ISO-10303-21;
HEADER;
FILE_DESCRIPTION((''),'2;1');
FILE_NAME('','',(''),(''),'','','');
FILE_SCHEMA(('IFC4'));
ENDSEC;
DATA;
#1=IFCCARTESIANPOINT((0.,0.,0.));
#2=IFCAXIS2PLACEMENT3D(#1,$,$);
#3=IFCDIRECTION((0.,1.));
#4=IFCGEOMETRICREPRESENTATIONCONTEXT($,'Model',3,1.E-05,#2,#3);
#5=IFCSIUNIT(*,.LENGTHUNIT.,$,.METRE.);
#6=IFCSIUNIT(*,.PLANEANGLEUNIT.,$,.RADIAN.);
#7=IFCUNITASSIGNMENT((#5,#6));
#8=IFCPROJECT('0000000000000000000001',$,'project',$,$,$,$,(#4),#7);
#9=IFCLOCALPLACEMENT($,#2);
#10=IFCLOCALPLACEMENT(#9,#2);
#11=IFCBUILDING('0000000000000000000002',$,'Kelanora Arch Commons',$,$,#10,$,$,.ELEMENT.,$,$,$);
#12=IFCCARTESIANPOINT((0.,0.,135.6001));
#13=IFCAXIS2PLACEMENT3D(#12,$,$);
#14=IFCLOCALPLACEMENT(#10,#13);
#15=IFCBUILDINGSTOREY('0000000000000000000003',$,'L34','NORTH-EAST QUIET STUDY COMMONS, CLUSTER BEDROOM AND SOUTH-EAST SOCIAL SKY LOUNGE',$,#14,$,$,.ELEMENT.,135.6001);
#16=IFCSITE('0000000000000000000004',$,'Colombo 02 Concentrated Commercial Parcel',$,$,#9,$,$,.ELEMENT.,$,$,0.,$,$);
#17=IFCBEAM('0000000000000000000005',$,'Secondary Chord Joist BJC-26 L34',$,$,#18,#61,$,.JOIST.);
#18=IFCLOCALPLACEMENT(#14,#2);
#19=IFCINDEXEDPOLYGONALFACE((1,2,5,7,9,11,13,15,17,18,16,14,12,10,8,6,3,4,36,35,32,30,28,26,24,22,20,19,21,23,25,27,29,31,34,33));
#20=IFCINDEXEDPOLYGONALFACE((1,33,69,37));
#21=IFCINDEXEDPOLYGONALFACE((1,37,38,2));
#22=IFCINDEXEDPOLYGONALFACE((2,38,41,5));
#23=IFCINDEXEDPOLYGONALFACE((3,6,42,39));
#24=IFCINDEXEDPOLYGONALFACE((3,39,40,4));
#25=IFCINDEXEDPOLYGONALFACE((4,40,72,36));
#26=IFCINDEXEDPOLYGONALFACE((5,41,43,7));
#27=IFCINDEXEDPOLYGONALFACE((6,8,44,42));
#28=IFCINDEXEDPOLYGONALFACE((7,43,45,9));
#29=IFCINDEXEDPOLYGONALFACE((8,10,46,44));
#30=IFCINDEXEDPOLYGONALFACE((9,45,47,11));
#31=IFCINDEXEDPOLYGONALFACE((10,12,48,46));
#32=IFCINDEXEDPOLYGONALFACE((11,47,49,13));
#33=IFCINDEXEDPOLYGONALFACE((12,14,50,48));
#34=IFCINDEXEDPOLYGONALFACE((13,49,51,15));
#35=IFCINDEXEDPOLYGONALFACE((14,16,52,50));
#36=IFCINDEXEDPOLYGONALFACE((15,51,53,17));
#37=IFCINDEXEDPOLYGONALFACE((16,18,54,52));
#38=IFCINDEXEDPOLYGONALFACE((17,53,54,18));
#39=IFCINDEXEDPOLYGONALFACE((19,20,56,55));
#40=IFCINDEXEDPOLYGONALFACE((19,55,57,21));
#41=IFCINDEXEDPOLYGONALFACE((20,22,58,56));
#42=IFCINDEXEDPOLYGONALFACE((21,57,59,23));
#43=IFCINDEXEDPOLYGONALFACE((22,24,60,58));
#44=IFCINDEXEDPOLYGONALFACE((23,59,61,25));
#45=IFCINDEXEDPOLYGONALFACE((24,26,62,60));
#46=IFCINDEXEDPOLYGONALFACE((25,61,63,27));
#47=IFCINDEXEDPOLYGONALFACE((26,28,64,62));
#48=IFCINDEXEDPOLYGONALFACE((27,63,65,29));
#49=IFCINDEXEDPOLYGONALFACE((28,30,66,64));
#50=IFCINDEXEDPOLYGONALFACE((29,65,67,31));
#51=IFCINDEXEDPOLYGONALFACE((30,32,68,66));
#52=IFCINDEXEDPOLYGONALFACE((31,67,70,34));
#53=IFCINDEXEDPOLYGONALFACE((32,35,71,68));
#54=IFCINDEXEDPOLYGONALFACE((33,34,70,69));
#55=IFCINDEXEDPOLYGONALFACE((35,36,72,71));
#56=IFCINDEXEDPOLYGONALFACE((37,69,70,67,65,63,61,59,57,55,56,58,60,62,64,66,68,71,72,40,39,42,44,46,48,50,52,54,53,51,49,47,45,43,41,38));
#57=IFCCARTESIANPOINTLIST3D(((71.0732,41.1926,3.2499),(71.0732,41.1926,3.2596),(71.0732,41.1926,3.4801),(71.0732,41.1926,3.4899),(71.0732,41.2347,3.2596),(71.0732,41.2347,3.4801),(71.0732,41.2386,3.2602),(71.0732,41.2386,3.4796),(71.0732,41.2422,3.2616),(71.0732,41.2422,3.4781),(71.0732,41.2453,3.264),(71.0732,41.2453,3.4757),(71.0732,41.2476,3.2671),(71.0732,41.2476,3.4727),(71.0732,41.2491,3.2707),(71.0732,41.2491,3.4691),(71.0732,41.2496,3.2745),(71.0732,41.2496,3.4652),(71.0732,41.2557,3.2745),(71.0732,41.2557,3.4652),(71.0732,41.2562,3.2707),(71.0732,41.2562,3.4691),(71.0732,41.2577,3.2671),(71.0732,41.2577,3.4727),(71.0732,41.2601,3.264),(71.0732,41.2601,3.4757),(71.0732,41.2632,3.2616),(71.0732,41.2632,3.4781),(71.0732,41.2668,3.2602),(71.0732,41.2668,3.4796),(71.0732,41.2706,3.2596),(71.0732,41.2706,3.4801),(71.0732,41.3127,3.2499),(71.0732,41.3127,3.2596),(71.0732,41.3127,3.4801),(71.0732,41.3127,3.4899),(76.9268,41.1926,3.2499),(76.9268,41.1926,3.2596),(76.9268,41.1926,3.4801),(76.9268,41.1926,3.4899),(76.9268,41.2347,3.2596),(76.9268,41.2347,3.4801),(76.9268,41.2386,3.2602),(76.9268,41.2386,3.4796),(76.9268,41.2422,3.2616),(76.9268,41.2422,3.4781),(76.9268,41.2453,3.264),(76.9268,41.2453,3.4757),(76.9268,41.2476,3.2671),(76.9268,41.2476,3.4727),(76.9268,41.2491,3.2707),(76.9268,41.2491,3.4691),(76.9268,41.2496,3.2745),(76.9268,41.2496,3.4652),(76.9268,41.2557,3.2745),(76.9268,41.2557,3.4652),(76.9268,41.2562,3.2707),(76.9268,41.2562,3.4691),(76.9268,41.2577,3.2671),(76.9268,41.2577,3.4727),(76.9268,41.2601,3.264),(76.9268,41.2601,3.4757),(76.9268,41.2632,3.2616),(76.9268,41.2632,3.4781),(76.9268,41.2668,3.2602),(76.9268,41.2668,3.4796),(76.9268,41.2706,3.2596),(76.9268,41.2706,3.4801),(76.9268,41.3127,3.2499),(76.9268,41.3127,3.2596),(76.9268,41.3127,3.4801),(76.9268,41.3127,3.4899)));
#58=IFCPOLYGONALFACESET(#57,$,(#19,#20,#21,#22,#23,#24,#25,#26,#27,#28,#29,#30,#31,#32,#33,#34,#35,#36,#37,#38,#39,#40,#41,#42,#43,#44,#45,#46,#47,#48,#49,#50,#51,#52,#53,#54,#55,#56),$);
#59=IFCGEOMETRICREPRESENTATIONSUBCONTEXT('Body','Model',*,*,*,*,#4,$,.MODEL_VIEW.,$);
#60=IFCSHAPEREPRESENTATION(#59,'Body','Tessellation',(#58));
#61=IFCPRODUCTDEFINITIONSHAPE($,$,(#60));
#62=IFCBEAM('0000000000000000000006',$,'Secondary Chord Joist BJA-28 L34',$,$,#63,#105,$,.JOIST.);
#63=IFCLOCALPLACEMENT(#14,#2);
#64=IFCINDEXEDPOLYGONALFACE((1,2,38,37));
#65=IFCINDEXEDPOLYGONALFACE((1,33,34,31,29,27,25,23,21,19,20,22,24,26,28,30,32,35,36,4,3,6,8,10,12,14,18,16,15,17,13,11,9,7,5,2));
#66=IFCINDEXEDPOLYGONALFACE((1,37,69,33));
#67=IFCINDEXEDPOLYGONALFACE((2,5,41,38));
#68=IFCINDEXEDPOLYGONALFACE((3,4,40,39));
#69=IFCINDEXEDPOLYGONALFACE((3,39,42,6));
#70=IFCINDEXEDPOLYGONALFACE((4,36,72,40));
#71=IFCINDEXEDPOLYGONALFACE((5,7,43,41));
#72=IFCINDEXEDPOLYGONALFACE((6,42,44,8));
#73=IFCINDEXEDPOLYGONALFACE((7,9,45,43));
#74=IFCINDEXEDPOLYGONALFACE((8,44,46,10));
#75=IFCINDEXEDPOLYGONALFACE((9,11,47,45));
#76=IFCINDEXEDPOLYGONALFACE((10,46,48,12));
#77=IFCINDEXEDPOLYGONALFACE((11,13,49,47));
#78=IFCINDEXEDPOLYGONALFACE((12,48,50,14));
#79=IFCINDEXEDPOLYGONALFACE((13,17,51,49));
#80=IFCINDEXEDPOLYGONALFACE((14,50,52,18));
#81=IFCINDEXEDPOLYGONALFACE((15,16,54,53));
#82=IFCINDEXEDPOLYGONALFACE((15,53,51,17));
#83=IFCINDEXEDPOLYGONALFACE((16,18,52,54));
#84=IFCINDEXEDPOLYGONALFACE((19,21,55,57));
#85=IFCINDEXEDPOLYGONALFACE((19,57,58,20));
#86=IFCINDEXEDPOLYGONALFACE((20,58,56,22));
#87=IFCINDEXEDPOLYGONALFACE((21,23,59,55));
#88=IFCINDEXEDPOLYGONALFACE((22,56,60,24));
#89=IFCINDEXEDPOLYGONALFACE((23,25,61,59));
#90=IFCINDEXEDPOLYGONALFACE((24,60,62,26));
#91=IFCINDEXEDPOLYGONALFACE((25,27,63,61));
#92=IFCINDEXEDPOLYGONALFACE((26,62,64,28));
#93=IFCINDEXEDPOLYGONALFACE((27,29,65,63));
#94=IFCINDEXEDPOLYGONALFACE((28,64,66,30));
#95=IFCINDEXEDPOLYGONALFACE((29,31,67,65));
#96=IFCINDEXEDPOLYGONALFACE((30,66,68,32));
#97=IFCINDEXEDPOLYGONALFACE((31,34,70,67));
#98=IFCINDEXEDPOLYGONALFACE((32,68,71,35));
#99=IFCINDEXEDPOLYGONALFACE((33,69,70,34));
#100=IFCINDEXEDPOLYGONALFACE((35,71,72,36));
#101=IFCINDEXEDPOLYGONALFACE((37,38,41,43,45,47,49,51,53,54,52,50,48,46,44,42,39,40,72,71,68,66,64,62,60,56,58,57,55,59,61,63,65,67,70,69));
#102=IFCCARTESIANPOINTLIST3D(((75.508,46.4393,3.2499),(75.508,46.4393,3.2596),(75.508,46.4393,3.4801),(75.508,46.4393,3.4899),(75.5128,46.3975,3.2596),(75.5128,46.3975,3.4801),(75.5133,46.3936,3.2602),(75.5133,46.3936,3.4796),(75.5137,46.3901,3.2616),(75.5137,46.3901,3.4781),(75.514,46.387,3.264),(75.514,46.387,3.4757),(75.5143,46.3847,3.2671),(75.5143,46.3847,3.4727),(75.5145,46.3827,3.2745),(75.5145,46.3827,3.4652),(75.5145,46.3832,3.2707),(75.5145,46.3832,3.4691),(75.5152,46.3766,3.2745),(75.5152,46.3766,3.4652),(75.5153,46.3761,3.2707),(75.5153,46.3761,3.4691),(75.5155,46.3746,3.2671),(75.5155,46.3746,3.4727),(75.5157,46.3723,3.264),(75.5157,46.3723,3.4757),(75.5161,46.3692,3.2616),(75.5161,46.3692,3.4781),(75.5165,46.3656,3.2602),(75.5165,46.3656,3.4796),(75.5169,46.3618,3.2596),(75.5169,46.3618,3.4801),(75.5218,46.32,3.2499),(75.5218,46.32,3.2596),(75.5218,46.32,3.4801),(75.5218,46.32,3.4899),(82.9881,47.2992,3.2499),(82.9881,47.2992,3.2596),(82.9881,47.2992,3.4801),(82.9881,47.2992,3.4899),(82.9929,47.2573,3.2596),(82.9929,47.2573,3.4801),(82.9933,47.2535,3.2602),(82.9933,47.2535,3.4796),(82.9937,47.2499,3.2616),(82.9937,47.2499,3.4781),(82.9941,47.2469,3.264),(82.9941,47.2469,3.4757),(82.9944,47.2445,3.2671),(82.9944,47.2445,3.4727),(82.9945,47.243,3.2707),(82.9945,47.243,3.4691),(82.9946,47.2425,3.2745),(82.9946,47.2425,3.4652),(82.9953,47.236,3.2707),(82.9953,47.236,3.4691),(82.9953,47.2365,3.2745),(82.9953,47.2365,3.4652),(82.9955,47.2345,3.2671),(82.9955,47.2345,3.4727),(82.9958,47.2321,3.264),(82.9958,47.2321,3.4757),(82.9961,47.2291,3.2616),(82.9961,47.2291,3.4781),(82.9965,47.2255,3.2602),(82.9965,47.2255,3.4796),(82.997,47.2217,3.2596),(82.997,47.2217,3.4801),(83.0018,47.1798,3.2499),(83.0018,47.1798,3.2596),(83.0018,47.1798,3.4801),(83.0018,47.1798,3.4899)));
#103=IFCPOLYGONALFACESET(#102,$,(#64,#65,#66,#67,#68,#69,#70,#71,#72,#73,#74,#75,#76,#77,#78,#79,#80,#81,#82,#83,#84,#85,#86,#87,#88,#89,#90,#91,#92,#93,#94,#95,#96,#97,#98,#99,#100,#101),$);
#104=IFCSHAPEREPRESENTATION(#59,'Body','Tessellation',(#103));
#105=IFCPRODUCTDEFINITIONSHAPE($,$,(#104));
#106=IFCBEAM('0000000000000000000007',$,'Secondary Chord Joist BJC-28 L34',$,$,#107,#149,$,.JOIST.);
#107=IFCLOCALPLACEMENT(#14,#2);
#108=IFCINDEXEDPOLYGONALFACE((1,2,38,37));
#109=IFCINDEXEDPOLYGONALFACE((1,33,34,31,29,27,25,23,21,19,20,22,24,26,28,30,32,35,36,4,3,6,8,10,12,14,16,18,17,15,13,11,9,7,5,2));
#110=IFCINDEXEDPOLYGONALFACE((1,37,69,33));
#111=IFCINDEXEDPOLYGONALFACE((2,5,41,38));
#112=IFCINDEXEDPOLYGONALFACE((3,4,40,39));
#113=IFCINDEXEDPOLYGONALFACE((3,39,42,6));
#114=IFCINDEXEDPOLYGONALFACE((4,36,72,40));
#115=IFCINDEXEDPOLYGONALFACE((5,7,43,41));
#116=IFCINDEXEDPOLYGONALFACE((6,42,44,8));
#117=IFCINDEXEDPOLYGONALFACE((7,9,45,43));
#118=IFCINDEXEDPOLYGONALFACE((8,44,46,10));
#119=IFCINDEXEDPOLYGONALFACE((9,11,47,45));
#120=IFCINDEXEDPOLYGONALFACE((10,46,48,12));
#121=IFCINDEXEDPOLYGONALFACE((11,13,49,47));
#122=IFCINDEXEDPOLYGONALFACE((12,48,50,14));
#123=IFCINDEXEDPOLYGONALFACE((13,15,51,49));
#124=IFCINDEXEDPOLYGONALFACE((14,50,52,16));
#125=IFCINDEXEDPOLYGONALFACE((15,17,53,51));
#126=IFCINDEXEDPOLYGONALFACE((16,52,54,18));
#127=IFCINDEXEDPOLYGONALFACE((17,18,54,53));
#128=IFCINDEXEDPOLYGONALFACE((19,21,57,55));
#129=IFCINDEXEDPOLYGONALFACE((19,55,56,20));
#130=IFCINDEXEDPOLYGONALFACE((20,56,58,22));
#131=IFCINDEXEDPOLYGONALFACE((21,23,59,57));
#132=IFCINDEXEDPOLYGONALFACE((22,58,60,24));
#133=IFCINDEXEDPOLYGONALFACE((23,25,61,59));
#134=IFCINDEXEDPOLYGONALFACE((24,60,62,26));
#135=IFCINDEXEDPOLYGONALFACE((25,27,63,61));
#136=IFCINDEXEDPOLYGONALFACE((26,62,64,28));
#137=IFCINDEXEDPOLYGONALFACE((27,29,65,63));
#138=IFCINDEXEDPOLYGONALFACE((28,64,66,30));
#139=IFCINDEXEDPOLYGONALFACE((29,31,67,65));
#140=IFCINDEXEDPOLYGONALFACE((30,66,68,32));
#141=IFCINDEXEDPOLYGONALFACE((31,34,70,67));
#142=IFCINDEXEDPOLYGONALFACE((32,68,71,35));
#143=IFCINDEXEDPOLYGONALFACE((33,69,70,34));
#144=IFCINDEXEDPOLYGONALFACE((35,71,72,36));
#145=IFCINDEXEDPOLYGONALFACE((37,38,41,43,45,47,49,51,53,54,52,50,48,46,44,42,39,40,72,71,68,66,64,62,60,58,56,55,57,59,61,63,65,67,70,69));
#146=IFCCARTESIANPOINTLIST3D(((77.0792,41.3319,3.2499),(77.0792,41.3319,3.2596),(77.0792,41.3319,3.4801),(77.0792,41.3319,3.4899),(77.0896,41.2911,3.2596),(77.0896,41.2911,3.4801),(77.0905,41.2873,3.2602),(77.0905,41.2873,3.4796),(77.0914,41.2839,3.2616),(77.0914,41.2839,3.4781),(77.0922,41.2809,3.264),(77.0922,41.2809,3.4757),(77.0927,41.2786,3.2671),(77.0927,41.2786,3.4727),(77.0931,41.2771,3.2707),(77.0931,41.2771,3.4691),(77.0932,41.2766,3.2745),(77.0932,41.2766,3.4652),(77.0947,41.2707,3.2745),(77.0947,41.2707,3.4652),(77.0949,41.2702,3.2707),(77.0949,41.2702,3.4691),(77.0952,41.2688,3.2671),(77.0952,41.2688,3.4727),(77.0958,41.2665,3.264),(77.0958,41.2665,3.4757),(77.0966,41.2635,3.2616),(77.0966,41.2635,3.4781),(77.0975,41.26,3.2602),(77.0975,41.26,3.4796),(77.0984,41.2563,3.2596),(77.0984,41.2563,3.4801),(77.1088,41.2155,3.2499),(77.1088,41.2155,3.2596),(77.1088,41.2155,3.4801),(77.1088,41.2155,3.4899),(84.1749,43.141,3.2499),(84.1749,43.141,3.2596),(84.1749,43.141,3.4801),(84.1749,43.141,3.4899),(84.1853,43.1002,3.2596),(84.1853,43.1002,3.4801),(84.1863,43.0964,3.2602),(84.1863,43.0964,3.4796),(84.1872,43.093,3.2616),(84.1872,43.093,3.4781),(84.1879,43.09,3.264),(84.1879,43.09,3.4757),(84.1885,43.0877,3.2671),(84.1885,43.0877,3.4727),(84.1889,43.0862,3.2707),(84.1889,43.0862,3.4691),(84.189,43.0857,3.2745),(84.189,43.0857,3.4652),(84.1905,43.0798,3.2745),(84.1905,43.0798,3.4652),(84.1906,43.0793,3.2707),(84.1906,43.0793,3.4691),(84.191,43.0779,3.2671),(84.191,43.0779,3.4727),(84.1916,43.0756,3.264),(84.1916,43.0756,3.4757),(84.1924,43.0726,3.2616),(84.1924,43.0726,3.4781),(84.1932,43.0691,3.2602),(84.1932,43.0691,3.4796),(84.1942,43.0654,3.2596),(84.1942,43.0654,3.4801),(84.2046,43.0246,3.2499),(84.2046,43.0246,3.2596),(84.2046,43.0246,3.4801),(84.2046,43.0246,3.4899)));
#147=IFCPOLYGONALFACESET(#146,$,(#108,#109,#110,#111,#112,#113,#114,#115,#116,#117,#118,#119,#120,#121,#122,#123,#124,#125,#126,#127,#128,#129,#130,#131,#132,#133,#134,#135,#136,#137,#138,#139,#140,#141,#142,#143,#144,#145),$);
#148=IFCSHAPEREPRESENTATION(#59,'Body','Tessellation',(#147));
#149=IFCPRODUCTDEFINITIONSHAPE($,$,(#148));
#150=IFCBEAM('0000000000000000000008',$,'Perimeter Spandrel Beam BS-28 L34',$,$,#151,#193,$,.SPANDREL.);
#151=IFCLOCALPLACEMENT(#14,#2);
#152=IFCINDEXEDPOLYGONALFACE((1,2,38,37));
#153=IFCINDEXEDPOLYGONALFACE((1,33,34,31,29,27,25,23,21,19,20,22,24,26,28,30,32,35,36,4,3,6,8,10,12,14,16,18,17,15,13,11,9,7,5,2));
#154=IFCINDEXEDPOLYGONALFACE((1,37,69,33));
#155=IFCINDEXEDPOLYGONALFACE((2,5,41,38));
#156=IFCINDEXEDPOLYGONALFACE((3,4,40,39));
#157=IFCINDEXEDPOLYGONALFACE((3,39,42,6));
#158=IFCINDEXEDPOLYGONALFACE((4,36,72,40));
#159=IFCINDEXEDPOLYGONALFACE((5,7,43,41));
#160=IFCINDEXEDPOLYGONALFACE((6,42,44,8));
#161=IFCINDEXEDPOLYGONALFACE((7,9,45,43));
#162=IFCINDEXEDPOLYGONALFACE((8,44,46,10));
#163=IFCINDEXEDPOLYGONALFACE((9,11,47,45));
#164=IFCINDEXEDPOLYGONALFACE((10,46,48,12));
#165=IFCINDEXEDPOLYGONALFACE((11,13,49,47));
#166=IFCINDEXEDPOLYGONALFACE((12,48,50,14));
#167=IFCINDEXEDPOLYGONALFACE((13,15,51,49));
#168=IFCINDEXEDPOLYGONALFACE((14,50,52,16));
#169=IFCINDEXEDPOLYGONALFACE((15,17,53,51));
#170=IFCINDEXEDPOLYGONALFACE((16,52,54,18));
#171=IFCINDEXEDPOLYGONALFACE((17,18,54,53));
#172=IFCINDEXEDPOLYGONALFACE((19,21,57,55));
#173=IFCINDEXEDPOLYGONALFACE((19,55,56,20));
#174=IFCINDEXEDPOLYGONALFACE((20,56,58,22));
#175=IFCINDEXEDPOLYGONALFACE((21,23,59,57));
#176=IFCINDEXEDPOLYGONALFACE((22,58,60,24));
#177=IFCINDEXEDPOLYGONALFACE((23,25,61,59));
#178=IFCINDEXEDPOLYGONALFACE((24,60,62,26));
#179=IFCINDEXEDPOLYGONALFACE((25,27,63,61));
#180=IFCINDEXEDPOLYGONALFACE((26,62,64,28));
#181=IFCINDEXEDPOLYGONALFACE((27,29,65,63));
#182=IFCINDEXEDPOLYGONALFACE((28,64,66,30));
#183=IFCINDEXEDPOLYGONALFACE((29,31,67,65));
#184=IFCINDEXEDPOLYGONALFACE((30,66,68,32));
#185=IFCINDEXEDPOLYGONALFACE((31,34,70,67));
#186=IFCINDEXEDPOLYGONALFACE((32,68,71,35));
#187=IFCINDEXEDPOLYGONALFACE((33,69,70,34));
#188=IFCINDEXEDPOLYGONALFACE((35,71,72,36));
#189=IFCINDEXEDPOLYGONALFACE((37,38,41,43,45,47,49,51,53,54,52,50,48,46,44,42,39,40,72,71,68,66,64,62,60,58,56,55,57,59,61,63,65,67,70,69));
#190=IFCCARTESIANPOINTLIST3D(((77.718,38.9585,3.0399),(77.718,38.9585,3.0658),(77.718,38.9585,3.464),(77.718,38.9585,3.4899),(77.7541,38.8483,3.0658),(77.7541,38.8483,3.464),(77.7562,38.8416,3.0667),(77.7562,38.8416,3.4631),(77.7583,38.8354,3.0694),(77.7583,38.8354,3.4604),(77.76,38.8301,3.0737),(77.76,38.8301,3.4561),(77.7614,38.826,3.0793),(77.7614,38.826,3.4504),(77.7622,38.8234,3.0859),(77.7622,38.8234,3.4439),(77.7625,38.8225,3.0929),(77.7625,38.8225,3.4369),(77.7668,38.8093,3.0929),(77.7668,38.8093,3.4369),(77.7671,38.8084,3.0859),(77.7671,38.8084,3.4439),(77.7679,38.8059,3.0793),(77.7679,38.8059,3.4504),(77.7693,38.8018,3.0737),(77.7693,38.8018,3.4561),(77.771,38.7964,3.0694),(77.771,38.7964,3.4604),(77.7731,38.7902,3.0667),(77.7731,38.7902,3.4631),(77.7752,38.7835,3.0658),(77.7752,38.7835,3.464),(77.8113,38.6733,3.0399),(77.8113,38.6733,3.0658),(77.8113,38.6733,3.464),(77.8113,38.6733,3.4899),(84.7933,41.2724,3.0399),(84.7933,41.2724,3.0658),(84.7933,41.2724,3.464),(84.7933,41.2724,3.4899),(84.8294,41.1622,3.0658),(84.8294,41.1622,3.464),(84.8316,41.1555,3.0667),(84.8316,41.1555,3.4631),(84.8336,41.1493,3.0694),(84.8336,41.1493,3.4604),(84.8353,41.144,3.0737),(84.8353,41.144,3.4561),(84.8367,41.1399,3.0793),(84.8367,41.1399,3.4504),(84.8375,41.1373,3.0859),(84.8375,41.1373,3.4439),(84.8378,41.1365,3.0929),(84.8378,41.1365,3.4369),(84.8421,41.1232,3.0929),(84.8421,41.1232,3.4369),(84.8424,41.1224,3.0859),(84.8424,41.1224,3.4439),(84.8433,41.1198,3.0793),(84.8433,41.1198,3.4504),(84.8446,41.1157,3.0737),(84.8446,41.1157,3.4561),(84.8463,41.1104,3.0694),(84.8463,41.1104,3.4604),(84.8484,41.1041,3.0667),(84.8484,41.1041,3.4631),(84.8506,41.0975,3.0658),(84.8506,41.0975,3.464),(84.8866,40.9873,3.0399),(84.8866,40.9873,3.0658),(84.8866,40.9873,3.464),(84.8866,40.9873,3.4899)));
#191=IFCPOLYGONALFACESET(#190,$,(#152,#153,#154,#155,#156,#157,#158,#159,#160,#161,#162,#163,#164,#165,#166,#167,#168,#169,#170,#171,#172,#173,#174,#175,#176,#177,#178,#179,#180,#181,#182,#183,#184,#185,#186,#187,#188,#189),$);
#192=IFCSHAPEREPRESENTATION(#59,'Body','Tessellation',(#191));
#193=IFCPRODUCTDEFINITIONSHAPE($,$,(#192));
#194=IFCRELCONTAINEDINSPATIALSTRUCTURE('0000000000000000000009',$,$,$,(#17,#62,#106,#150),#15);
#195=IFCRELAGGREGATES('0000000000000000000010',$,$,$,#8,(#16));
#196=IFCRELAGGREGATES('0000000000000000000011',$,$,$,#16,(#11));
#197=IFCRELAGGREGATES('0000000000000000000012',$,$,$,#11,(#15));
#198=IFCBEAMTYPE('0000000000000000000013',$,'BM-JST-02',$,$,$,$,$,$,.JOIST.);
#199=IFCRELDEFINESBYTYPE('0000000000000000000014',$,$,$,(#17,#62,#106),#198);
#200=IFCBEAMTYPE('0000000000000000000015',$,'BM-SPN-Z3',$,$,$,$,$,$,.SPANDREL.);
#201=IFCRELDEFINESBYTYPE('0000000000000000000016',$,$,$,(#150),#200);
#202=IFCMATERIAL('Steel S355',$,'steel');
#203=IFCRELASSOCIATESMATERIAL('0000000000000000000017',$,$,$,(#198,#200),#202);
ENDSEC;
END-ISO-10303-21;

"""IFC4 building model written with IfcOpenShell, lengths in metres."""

from ifc_helpers import new_model, si_unit, direction, frame, origin, origin_2d, place, context, subcontext, project, spatial, i_section, extrude, material, material_profile, profile_set, type_object, element, save


model = new_model("IFC4")

# Units and contexts
model_context = context("Model", 3, precision=1e-05, world=origin(), true_north=direction((0.0, 1.0)))
body_context = subcontext(model_context, "Body", "Model", "MODEL_VIEW")
ifc_project = project(units=[si_unit("LENGTHUNIT", "METRE"), si_unit("PLANEANGLEUNIT", "RADIAN")], contexts=[model_context])

# Site, building, storey
site_placement = place(None, origin())
site = spatial("IfcSite", under=ifc_project, at=site_placement, Name="Colombo 02 Concentrated Commercial Parcel", CompositionType="ELEMENT", RefElevation=0.0)
building_placement = place(site_placement, origin())
building = spatial("IfcBuilding", under=site, at=building_placement, Name="Kelanora Arch Commons", CompositionType="ELEMENT")
storey_placement = place(building_placement, frame((0.0, 0.0, 135.6001)))
storey = spatial("IfcBuildingStorey", under=building, at=storey_placement, Name="L34", Description="NORTH-EAST QUIET STUDY COMMONS, CLUSTER BEDROOM AND SOUTH-EAST SOCIAL SKY LOUNGE", CompositionType="ELEMENT", Elevation=135.6001)

# Beams
ifc_material_1 = material(Name="Steel S355", Category="steel")
ifc_material_profile_1 = material_profile(ifc_material_1, i_section(OverallWidth=0.1201, OverallDepth=0.24, WebThickness=0.0061, FlangeThickness=0.0098, FilletRadius=0.0149, at=origin_2d()), Name="IPE240")
ifc_profile_set_1 = profile_set([ifc_material_profile_1], Name="Steel S355")
beam_type_1 = type_object("IfcBeamType", Name="BM-JST-02", PredefinedType="JOIST", material=ifc_profile_set_1)
beam_1_placement = place(storey_placement, frame((71.0732, 41.2527, 3.3699), z_axis=(1.0, 0.0, 0.0), x_axis=(0.0, 1.0, 0.0)))
element("IfcBeam", 1, at=beam_1_placement, inside=storey, type_object=beam_type_1, Name="Secondary Chord Joist BJC-26 L34", PredefinedType="JOIST", context=body_context, shape_type="SweptSolid", body=[
    extrude(i_section(OverallWidth=0.1201, OverallDepth=0.24, WebThickness=0.0061, FlangeThickness=0.0098, FilletRadius=0.0149, at=origin_2d()), origin(), (0.0, 0.0, 1.0), 5.8535),
])
beam_2_placement = place(storey_placement, frame((75.5149, 46.3796, 3.3699), z_axis=(0.993457, 0.114203, 0.0), x_axis=(-0.114203, 0.993457, 0.0)))
element("IfcBeam", 2, at=beam_2_placement, inside=storey, type_object=beam_type_1, Name="Secondary Chord Joist BJA-28 L34", PredefinedType="JOIST", context=body_context, shape_type="SweptSolid", body=[
    extrude(i_section(OverallWidth=0.1201, OverallDepth=0.24, WebThickness=0.0061, FlangeThickness=0.0098, FilletRadius=0.0149, at=origin_2d()), origin(), (0.0, 0.0, 1.0), 7.5293),
])
beam_3_placement = place(storey_placement, frame((77.094, 41.2737, 3.3699), z_axis=(0.969002, 0.247052, 0.0), x_axis=(-0.247052, 0.969002, 0.0)))
element("IfcBeam", 3, at=beam_3_placement, inside=storey, type_object=beam_type_1, Name="Secondary Chord Joist BJC-28 L34", PredefinedType="JOIST", context=body_context, shape_type="SweptSolid", body=[
    extrude(i_section(OverallWidth=0.1201, OverallDepth=0.24, WebThickness=0.0061, FlangeThickness=0.0098, FilletRadius=0.0149, at=origin_2d()), origin(), (0.0, 0.0, 1.0), 7.3228),
])
ifc_material_profile_2 = material_profile(ifc_material_1, i_section(OverallWidth=0.3, OverallDepth=0.45, WebThickness=0.0139, FlangeThickness=0.0259, FilletRadius=0.0271, at=origin_2d()), Name="HEB450")
ifc_profile_set_2 = profile_set([ifc_material_profile_2], Name="Steel S355")
beam_type_2 = type_object("IfcBeamType", Name="BM-SPN-Z3", PredefinedType="SPANDREL", material=ifc_profile_set_2)
beam_4_placement = place(storey_placement, frame((77.7646, 38.8159, 3.2649), z_axis=(0.950462, 0.310841, 0.0), x_axis=(-0.310841, 0.950462, 0.0)))
element("IfcBeam", 4, at=beam_4_placement, inside=storey, type_object=beam_type_2, Name="Perimeter Spandrel Beam BS-28 L34", PredefinedType="SPANDREL", context=body_context, shape_type="SweptSolid", body=[
    extrude(i_section(OverallWidth=0.3, OverallDepth=0.45, WebThickness=0.0139, FlangeThickness=0.0259, FilletRadius=0.0271, at=origin_2d()), origin(), (0.0, 0.0, 1.0), 7.4441),
])

save(model, "model.ifc")
